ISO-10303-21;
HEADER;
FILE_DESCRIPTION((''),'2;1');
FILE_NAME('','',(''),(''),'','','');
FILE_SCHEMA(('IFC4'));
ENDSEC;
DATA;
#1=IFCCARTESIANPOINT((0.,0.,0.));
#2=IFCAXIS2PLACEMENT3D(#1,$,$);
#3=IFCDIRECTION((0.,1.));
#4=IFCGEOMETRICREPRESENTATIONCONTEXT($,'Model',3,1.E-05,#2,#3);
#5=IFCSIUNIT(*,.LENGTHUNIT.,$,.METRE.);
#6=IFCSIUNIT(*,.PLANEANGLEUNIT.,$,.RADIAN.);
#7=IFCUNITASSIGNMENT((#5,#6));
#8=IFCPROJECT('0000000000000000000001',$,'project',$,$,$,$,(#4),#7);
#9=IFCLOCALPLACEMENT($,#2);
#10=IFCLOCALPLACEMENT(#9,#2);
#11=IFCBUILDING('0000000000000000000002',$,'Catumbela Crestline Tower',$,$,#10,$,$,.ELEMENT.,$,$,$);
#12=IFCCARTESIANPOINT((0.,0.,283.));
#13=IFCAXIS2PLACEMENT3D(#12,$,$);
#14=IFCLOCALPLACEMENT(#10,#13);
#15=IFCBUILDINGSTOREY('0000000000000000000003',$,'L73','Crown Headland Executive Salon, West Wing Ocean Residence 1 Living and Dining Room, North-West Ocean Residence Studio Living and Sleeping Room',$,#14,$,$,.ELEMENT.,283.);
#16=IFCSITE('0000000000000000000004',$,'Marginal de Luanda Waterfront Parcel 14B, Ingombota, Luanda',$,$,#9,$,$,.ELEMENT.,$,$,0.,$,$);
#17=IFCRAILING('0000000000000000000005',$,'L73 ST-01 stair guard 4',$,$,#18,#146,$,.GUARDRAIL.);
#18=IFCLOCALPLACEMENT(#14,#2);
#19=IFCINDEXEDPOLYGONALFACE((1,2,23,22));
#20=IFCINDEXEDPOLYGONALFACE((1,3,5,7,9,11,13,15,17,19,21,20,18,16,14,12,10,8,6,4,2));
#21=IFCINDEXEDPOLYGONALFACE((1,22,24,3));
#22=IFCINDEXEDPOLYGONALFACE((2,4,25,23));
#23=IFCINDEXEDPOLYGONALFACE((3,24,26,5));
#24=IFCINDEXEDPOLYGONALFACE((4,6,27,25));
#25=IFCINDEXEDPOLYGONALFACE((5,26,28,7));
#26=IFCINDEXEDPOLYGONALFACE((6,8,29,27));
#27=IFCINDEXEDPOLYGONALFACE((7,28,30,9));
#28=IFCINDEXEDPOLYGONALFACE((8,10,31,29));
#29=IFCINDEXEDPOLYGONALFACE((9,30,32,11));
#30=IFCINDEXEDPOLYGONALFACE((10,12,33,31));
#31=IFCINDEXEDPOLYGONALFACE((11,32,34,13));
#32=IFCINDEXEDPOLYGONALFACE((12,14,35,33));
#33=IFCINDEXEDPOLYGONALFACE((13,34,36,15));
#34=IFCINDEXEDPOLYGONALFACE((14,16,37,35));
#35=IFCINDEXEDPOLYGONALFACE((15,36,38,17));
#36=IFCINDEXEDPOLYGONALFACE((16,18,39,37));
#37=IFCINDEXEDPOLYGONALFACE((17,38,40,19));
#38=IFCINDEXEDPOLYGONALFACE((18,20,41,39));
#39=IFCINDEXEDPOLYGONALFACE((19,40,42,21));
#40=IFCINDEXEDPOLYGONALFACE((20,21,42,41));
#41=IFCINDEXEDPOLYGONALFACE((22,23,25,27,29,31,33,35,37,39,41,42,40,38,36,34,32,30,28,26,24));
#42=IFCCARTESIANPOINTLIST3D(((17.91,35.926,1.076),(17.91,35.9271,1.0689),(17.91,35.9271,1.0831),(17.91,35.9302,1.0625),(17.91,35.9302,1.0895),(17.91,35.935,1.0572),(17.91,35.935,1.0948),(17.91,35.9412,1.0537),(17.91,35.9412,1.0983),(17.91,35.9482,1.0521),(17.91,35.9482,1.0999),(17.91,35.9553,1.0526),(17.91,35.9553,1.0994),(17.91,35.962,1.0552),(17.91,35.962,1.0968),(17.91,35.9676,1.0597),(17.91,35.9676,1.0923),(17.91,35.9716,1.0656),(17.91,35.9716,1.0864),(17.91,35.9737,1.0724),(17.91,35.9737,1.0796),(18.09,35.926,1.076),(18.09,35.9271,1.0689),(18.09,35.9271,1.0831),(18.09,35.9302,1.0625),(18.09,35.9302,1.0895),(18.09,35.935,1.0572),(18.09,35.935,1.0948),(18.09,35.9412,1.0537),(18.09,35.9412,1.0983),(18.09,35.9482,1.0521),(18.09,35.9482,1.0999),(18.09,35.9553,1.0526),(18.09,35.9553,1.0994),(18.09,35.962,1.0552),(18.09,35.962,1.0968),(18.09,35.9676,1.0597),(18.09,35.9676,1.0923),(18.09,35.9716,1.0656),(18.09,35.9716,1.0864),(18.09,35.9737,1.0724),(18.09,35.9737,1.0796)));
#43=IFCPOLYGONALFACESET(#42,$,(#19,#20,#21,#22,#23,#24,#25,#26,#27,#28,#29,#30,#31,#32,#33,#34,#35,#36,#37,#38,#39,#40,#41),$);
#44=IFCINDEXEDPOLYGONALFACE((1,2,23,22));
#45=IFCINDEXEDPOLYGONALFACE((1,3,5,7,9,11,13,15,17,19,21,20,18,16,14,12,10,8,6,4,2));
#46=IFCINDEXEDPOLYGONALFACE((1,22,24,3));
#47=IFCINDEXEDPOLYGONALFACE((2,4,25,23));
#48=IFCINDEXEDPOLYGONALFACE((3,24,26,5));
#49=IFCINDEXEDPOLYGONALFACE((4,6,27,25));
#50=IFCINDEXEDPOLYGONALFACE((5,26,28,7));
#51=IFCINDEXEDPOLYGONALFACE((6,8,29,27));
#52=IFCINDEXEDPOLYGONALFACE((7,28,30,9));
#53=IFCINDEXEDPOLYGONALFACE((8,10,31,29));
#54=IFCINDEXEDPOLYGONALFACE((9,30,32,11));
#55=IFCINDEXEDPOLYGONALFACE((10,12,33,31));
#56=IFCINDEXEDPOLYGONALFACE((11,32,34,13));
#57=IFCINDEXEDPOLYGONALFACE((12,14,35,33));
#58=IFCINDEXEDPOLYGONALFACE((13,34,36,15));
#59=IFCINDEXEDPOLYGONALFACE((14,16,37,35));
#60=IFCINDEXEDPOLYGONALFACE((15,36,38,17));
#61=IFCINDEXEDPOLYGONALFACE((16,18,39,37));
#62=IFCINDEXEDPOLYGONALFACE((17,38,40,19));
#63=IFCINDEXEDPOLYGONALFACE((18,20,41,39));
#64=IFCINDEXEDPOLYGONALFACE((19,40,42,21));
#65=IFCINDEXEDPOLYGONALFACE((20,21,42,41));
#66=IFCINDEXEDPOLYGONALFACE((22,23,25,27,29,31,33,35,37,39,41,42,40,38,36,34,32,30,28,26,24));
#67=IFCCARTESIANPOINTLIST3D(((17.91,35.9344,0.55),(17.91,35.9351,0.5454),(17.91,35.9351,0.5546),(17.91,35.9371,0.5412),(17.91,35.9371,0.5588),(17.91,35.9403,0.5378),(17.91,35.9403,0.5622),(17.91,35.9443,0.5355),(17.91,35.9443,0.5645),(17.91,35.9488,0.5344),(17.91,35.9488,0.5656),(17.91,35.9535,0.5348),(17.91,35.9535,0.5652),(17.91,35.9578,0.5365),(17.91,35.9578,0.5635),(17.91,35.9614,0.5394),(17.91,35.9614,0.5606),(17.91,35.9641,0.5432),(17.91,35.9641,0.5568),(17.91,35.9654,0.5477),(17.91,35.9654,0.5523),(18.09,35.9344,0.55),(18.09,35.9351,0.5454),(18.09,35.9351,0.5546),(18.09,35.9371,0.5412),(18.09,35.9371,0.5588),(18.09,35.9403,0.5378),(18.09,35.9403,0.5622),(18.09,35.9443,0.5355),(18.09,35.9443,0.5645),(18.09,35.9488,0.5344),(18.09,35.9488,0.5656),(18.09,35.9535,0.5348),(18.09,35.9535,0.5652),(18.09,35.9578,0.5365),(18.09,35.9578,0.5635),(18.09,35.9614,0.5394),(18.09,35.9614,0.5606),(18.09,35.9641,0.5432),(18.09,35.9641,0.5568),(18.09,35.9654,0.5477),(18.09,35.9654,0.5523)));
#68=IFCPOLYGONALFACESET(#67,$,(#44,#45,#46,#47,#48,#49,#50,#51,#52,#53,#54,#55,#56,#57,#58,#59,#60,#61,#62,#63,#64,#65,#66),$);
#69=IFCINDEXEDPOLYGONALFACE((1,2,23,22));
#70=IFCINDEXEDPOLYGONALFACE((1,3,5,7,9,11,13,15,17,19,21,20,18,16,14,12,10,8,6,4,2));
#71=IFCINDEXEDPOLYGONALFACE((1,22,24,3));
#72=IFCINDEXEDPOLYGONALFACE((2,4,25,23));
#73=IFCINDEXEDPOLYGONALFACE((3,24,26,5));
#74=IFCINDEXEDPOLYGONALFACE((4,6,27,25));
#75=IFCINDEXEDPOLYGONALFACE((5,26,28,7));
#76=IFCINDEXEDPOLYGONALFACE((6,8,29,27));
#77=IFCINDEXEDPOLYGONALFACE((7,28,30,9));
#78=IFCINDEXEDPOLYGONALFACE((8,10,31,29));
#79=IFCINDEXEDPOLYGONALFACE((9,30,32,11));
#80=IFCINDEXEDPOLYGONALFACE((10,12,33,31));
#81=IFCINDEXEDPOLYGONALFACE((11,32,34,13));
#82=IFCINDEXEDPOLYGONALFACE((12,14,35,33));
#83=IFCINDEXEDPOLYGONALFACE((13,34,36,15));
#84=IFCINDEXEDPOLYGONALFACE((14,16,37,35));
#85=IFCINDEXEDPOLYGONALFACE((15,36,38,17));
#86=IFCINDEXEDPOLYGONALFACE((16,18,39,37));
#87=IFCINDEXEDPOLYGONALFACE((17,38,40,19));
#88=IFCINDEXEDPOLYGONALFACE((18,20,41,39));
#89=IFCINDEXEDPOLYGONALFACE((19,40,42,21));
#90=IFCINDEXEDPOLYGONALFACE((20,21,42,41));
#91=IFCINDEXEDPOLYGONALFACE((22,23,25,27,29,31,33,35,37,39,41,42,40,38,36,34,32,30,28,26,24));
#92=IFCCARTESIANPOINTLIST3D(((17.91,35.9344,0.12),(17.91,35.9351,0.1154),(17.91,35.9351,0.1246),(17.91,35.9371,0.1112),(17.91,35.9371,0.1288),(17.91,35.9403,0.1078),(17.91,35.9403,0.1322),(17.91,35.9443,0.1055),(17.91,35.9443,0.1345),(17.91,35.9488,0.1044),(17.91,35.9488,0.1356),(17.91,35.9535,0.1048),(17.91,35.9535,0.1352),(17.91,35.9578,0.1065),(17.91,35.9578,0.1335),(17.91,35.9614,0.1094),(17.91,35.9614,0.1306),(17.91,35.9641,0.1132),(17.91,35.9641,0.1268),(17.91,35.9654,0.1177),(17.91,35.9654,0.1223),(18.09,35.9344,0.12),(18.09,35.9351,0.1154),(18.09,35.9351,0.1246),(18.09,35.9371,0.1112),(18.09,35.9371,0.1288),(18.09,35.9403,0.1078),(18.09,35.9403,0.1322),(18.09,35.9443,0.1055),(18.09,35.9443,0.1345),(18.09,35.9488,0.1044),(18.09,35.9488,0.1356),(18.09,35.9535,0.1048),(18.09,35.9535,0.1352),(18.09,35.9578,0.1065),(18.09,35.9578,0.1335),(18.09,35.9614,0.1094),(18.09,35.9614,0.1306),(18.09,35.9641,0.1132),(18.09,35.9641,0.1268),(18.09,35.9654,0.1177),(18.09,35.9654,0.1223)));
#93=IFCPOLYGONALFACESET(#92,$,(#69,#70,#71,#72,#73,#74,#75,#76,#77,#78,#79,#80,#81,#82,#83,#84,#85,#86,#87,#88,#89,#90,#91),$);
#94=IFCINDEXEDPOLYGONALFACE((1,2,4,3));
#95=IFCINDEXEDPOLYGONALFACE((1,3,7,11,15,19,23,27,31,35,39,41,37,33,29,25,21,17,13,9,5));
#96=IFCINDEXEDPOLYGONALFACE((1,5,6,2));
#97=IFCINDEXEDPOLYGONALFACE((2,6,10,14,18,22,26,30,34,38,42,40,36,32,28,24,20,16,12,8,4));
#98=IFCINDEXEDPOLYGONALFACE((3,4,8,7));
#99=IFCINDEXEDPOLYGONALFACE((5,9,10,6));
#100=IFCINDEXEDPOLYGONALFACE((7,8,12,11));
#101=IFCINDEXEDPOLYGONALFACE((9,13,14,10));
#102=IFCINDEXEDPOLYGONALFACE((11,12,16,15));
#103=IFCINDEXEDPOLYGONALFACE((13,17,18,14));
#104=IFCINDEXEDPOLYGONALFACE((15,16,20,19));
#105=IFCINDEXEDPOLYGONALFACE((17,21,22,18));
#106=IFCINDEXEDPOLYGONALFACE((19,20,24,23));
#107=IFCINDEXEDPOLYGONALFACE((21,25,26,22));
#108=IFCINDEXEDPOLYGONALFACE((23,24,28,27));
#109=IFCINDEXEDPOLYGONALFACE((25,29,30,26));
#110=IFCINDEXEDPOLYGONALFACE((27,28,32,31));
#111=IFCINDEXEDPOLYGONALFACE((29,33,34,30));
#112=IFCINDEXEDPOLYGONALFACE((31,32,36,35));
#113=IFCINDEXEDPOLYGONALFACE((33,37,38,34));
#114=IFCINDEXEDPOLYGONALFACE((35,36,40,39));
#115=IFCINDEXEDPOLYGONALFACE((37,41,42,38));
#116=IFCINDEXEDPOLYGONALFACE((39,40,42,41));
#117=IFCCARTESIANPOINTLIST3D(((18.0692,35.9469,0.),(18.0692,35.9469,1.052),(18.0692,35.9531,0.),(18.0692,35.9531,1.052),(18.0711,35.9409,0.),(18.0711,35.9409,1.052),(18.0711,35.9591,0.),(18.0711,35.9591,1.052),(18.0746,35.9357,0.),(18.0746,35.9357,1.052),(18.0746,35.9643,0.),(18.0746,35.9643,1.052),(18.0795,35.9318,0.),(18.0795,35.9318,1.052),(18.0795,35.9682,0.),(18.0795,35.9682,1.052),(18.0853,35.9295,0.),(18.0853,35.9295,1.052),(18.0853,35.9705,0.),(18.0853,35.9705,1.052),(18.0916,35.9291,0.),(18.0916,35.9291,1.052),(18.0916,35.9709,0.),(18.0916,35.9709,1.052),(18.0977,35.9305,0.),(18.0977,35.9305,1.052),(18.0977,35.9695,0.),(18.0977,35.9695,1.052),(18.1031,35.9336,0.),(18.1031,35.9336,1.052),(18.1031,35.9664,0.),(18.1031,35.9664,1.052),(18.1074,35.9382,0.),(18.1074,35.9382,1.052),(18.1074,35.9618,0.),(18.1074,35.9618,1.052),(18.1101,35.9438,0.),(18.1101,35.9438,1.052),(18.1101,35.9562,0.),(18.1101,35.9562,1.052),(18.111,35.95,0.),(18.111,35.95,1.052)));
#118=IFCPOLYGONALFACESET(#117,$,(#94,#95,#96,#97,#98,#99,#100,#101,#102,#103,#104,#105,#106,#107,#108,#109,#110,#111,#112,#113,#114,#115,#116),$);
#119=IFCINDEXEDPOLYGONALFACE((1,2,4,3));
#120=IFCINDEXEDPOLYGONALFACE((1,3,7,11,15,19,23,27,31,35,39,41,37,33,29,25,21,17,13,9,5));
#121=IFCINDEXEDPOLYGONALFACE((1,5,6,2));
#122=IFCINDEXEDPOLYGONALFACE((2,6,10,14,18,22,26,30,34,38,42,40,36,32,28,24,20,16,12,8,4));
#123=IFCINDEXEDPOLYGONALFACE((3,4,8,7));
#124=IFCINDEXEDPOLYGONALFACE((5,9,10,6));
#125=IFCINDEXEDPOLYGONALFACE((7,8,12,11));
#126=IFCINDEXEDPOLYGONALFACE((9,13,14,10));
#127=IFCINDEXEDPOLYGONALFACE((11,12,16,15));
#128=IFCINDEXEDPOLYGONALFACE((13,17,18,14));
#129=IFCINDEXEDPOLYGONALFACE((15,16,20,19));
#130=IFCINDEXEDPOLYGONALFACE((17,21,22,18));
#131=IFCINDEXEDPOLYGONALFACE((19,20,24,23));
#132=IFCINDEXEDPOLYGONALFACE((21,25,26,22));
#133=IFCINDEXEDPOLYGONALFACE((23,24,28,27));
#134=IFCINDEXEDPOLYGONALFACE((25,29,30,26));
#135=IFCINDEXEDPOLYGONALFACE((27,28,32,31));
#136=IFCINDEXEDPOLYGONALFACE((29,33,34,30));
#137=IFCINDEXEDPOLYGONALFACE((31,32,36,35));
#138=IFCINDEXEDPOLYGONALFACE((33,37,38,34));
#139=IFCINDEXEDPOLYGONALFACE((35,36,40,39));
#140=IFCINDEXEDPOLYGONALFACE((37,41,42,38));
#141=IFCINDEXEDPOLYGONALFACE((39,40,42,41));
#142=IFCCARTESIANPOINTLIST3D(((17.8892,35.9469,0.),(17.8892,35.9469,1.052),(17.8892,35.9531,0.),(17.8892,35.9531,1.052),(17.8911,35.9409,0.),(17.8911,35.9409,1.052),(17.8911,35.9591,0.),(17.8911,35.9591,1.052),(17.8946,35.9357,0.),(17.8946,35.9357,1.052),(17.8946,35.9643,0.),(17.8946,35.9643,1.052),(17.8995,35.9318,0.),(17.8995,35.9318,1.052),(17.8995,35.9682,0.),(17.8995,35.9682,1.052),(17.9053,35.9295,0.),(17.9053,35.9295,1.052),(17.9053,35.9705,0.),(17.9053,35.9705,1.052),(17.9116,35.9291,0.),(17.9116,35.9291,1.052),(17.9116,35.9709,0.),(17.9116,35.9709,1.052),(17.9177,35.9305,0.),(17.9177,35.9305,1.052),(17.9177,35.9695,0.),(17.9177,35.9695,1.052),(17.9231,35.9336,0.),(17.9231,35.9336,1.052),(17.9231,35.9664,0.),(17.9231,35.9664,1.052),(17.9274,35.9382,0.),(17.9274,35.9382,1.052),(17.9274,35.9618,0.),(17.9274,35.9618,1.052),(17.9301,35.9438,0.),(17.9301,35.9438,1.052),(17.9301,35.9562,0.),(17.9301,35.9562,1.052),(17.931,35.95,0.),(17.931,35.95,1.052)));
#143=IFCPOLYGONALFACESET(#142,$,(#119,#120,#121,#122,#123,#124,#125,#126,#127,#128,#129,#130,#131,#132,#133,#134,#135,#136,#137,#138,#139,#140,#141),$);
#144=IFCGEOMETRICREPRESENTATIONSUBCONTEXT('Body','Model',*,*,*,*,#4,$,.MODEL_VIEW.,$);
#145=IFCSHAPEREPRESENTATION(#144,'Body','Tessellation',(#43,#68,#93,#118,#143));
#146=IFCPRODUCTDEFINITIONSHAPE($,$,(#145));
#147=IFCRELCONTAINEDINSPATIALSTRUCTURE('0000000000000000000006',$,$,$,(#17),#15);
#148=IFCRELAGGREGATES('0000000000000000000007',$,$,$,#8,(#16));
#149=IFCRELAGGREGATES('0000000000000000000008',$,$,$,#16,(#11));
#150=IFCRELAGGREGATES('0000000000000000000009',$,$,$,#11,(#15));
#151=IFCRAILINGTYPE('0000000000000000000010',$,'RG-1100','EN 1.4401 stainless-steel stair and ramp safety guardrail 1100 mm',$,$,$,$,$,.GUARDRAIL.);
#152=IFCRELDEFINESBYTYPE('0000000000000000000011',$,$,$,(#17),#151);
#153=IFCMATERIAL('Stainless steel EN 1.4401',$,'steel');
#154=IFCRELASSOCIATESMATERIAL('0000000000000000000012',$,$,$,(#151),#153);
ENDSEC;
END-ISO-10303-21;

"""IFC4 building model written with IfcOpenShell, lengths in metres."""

from ifc_helpers import new_model, si_unit, direction, frame, origin, origin_2d, place, context, subcontext, project, spatial, circle, extrude, material, type_object, element, save


model = new_model("IFC4")

# Units and contexts
model_context = context("Model", 3, precision=1e-05, world=origin(), true_north=direction((0.0, 1.0)))
body_context = subcontext(model_context, "Body", "Model", "MODEL_VIEW")
ifc_project = project(units=[si_unit("LENGTHUNIT", "METRE"), si_unit("PLANEANGLEUNIT", "RADIAN")], contexts=[model_context])

# Site, building, storey
site_placement = place(None, origin())
site = spatial("IfcSite", under=ifc_project, at=site_placement, Name="Marginal de Luanda Waterfront Parcel 14B, Ingombota, Luanda", CompositionType="ELEMENT", RefElevation=0.0)
building_placement = place(site_placement, origin())
building = spatial("IfcBuilding", under=site, at=building_placement, Name="Catumbela Crestline Tower", CompositionType="ELEMENT")
storey_placement = place(building_placement, frame((0.0, 0.0, 283.0)))
storey = spatial("IfcBuildingStorey", under=building, at=storey_placement, Name="L73", Description="Crown Headland Executive Salon, West Wing Ocean Residence 1 Living and Dining Room, North-West Ocean Residence Studio Living and Sleeping Room", CompositionType="ELEMENT", Elevation=283.0)

# Shared definitions
ifc_material_1 = material(Name="Stainless steel EN 1.4401", Category="steel")

# Railing
railing_type_1 = type_object("IfcRailingType", Name="RG-1100", Description="EN 1.4401 stainless-steel stair and ramp safety guardrail 1100 mm", PredefinedType="GUARDRAIL", material=ifc_material_1)
railing_1_placement = place(storey_placement, frame((18.09, 35.95, 0.0)))
element("IfcRailing", 1, at=railing_1_placement, inside=storey, type_object=railing_type_1, Name="L73 ST-01 stair guard 4", PredefinedType="GUARDRAIL", context=body_context, shape_type="SweptSolid", body=[
    extrude(circle(Radius=0.024, at=origin_2d()), frame((0.0, 0.0, 1.076), z_axis=(-1.0, 0.0, 0.0), x_axis=(0.0, -1.0, 0.0)), (0.0, 0.0, 1.0), 0.18),
    extrude(circle(Radius=0.0156, at=origin_2d()), frame((0.0, 0.0, 0.55), z_axis=(-1.0, 0.0, 0.0), x_axis=(0.0, -1.0, 0.0)), (0.0, 0.0, 1.0), 0.18),
    extrude(circle(Radius=0.0156, at=origin_2d()), frame((0.0, 0.0, 0.12), z_axis=(-1.0, 0.0, 0.0), x_axis=(0.0, -1.0, 0.0)), (0.0, 0.0, 1.0), 0.18),
    extrude(circle(Radius=0.021, at=origin_2d()), origin(), (0.0, 0.0, 1.0), 1.052),
    extrude(circle(Radius=0.021, at=origin_2d()), frame((-0.18, 0.0, 0.0)), (0.0, 0.0, 1.0), 1.052),
])

save(model, "model.ifc")
